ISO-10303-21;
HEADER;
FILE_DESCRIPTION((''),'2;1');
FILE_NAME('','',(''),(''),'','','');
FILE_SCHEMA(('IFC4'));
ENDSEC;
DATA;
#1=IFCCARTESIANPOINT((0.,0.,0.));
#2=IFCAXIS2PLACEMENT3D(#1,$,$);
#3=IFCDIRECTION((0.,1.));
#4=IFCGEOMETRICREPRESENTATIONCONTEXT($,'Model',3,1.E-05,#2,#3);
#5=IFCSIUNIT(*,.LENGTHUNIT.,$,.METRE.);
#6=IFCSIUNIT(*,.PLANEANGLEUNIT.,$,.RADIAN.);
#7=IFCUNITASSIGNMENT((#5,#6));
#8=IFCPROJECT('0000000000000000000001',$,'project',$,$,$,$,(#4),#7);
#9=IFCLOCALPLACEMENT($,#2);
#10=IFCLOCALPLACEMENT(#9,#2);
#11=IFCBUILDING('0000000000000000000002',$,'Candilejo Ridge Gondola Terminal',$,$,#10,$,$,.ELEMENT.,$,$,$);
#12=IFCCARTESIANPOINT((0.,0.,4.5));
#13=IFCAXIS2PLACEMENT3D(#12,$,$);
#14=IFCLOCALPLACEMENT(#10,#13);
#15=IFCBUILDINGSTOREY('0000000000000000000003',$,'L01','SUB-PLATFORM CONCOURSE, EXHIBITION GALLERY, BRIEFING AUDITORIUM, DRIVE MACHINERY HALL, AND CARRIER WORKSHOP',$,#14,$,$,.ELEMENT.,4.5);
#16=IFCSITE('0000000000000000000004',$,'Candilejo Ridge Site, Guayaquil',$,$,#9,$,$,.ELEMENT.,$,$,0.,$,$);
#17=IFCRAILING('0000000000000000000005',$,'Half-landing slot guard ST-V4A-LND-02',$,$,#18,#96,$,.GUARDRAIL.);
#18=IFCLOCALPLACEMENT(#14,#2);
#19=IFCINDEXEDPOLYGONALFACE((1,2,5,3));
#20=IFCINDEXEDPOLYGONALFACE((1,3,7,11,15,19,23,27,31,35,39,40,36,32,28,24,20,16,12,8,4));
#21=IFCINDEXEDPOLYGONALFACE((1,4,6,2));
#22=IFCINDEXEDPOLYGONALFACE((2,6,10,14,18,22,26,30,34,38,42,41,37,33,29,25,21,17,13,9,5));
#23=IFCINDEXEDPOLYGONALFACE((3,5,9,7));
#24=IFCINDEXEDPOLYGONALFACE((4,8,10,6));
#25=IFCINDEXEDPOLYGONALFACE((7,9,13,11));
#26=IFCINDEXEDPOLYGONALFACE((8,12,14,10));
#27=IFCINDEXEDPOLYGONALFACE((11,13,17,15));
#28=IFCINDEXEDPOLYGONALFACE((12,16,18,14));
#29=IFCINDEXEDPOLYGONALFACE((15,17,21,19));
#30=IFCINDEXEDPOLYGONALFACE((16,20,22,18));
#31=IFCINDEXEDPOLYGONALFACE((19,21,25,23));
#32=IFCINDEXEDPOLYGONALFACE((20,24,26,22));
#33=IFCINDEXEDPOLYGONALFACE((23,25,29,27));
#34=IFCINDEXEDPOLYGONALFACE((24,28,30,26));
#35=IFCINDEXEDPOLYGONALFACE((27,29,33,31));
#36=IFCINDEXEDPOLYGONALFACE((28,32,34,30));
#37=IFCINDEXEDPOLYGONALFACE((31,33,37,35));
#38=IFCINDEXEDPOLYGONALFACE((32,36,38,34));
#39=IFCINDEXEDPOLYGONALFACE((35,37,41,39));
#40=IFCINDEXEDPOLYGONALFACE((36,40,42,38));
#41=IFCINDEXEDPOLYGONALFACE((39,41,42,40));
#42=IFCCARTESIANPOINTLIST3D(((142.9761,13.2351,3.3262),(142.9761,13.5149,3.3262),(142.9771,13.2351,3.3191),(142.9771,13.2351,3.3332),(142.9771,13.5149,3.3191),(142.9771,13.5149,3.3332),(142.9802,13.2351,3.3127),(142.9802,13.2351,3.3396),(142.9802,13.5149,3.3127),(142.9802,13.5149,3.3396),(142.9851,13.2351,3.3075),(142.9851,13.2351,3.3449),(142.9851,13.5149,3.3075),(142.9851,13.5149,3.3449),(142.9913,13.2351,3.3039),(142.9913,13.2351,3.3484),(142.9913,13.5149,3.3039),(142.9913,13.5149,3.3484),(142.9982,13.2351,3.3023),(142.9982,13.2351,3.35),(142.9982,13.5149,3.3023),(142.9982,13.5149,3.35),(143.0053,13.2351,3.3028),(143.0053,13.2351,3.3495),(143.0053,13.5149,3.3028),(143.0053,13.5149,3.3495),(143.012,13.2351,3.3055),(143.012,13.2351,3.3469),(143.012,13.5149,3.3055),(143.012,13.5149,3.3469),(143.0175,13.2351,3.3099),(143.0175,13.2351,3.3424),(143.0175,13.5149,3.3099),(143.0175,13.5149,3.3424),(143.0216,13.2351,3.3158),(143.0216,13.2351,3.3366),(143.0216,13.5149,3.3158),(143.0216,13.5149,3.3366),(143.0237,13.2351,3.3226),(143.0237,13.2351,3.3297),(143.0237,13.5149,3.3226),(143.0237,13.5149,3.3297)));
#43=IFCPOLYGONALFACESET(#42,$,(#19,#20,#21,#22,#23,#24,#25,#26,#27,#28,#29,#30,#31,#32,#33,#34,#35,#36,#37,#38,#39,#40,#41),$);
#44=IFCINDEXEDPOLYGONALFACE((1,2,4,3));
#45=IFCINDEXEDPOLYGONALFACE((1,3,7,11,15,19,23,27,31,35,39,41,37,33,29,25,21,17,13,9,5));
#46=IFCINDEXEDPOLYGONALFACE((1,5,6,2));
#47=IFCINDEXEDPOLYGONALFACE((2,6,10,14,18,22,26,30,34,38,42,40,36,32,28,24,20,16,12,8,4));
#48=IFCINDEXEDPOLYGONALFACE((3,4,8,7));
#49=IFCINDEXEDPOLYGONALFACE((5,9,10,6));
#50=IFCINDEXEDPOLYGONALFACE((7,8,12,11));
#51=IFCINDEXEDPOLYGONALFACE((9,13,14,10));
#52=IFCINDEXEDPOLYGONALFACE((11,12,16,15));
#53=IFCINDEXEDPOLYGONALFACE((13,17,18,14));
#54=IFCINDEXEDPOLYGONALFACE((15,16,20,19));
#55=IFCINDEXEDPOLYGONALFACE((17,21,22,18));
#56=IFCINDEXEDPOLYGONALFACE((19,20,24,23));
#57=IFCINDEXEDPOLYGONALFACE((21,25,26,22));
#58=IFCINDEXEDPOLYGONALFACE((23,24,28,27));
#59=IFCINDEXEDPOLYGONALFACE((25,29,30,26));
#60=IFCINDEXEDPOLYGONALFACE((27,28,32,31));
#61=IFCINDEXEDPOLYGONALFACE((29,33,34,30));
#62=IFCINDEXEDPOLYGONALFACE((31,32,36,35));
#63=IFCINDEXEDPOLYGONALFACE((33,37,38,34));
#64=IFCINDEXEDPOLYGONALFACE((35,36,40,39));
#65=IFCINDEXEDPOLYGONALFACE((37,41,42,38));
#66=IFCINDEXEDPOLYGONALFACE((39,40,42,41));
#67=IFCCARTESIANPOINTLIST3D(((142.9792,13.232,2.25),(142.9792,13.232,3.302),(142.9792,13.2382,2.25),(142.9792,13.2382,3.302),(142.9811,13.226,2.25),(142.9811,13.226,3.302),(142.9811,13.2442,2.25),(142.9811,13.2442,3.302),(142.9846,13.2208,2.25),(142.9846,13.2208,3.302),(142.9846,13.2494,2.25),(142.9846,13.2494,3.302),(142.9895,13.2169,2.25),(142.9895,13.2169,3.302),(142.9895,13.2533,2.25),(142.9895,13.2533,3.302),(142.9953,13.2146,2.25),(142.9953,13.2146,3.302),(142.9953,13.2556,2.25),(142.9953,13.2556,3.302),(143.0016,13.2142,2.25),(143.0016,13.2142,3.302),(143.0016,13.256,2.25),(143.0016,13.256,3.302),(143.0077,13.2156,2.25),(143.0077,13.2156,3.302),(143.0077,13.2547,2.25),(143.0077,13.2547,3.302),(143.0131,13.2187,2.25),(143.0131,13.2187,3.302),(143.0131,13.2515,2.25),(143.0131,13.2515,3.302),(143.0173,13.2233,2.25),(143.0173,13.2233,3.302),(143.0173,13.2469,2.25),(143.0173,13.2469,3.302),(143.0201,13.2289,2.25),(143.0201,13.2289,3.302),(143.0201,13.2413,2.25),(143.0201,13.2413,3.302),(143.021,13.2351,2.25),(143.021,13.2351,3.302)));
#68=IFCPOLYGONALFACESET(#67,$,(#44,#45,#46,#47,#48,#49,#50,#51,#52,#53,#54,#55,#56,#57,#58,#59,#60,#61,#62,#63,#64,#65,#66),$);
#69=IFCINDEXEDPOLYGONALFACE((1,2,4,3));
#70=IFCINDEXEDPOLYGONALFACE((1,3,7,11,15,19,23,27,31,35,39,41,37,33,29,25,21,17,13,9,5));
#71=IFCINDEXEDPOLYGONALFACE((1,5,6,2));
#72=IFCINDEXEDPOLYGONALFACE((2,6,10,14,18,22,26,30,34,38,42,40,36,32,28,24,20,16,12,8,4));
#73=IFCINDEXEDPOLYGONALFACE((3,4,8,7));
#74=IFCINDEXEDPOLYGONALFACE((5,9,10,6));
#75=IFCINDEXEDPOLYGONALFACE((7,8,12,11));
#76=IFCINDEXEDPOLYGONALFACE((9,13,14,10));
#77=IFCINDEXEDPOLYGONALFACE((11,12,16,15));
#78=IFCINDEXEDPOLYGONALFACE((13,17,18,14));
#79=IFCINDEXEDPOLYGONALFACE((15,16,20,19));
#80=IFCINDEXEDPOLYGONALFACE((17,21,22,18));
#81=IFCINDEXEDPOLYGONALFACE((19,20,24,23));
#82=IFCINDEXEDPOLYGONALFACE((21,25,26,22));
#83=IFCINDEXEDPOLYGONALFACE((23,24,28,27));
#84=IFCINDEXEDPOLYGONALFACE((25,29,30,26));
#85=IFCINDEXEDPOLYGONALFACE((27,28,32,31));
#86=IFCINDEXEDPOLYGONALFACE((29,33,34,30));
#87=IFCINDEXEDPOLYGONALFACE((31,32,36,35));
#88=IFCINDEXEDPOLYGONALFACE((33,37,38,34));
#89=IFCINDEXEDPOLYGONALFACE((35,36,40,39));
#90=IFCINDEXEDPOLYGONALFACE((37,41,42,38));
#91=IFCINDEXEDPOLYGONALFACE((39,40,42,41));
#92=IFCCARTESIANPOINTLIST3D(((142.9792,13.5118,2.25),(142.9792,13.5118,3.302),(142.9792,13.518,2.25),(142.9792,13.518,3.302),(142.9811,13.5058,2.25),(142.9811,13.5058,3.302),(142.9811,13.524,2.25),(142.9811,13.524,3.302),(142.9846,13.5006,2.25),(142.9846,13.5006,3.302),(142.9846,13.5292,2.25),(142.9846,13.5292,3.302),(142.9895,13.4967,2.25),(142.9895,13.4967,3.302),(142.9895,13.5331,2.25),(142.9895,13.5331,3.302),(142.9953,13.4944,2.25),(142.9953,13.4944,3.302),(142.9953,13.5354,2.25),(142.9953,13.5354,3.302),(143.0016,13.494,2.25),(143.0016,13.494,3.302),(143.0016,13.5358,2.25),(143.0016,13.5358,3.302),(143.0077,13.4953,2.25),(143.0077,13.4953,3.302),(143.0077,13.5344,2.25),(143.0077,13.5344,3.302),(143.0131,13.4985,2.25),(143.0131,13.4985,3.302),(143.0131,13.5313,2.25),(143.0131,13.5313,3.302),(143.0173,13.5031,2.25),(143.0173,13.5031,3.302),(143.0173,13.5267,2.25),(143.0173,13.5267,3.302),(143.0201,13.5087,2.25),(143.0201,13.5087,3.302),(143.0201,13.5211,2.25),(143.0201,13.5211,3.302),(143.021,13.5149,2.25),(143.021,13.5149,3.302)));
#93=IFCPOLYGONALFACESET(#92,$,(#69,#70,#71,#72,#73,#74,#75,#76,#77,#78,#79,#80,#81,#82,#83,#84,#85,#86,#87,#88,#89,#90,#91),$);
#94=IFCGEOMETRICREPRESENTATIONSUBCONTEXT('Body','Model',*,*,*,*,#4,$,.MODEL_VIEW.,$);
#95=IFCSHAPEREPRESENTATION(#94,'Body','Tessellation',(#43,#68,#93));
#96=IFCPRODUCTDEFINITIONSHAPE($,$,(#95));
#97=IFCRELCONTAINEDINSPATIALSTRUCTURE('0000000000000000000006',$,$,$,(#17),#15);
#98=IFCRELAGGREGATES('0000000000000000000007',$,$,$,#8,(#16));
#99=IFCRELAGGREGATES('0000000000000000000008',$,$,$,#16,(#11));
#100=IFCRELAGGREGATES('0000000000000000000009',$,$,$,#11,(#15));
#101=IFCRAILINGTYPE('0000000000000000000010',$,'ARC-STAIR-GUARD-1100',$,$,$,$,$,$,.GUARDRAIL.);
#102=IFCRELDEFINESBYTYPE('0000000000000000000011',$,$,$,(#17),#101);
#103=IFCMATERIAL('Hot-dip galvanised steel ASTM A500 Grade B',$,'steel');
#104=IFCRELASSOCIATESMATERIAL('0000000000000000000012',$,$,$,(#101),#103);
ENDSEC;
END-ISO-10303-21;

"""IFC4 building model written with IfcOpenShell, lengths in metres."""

from ifc_helpers import new_model, si_unit, direction, frame, origin, origin_2d, place, context, subcontext, project, spatial, circle, extrude, material, type_object, element, save


model = new_model("IFC4")

# Units and contexts
model_context = context("Model", 3, precision=1e-05, world=origin(), true_north=direction((0.0, 1.0)))
body_context = subcontext(model_context, "Body", "Model", "MODEL_VIEW")
ifc_project = project(units=[si_unit("LENGTHUNIT", "METRE"), si_unit("PLANEANGLEUNIT", "RADIAN")], contexts=[model_context])

# Site, building, storey
site_placement = place(None, origin())
site = spatial("IfcSite", under=ifc_project, at=site_placement, Name="Candilejo Ridge Site, Guayaquil", CompositionType="ELEMENT", RefElevation=0.0)
building_placement = place(site_placement, origin())
building = spatial("IfcBuilding", under=site, at=building_placement, Name="Candilejo Ridge Gondola Terminal", CompositionType="ELEMENT")
storey_placement = place(building_placement, frame((0.0, 0.0, 4.5)))
storey = spatial("IfcBuildingStorey", under=building, at=storey_placement, Name="L01", Description="SUB-PLATFORM CONCOURSE, EXHIBITION GALLERY, BRIEFING AUDITORIUM, DRIVE MACHINERY HALL, AND CARRIER WORKSHOP", CompositionType="ELEMENT", Elevation=4.5)

# Railing
ifc_material_1 = material(Name="Hot-dip galvanised steel ASTM A500 Grade B", Category="steel")
railing_type_1 = type_object("IfcRailingType", Name="ARC-STAIR-GUARD-1100", PredefinedType="GUARDRAIL", material=ifc_material_1)
railing_1_placement = place(storey_placement, frame((143.0, 13.2351, 2.25)))
element("IfcRailing", 1, at=railing_1_placement, inside=storey, type_object=railing_type_1, Name="Half-landing slot guard ST-V4A-LND-02", PredefinedType="GUARDRAIL", context=body_context, shape_type="SweptSolid", body=[
    extrude(circle(Radius=0.0239, at=origin_2d()), frame((0.0, 0.0, 1.0762), z_axis=(0.0, 1.0, 0.0), x_axis=(-1.0, 0.0, 0.0)), (0.0, 0.0, 1.0), 0.2798),
    extrude(circle(Radius=0.021, at=origin_2d()), origin(), (0.0, 0.0, 1.0), 1.052),
    extrude(circle(Radius=0.021, at=origin_2d()), frame((0.0, 0.2798, 0.0)), (0.0, 0.0, 1.0), 1.052),
])

save(model, "model.ifc")
